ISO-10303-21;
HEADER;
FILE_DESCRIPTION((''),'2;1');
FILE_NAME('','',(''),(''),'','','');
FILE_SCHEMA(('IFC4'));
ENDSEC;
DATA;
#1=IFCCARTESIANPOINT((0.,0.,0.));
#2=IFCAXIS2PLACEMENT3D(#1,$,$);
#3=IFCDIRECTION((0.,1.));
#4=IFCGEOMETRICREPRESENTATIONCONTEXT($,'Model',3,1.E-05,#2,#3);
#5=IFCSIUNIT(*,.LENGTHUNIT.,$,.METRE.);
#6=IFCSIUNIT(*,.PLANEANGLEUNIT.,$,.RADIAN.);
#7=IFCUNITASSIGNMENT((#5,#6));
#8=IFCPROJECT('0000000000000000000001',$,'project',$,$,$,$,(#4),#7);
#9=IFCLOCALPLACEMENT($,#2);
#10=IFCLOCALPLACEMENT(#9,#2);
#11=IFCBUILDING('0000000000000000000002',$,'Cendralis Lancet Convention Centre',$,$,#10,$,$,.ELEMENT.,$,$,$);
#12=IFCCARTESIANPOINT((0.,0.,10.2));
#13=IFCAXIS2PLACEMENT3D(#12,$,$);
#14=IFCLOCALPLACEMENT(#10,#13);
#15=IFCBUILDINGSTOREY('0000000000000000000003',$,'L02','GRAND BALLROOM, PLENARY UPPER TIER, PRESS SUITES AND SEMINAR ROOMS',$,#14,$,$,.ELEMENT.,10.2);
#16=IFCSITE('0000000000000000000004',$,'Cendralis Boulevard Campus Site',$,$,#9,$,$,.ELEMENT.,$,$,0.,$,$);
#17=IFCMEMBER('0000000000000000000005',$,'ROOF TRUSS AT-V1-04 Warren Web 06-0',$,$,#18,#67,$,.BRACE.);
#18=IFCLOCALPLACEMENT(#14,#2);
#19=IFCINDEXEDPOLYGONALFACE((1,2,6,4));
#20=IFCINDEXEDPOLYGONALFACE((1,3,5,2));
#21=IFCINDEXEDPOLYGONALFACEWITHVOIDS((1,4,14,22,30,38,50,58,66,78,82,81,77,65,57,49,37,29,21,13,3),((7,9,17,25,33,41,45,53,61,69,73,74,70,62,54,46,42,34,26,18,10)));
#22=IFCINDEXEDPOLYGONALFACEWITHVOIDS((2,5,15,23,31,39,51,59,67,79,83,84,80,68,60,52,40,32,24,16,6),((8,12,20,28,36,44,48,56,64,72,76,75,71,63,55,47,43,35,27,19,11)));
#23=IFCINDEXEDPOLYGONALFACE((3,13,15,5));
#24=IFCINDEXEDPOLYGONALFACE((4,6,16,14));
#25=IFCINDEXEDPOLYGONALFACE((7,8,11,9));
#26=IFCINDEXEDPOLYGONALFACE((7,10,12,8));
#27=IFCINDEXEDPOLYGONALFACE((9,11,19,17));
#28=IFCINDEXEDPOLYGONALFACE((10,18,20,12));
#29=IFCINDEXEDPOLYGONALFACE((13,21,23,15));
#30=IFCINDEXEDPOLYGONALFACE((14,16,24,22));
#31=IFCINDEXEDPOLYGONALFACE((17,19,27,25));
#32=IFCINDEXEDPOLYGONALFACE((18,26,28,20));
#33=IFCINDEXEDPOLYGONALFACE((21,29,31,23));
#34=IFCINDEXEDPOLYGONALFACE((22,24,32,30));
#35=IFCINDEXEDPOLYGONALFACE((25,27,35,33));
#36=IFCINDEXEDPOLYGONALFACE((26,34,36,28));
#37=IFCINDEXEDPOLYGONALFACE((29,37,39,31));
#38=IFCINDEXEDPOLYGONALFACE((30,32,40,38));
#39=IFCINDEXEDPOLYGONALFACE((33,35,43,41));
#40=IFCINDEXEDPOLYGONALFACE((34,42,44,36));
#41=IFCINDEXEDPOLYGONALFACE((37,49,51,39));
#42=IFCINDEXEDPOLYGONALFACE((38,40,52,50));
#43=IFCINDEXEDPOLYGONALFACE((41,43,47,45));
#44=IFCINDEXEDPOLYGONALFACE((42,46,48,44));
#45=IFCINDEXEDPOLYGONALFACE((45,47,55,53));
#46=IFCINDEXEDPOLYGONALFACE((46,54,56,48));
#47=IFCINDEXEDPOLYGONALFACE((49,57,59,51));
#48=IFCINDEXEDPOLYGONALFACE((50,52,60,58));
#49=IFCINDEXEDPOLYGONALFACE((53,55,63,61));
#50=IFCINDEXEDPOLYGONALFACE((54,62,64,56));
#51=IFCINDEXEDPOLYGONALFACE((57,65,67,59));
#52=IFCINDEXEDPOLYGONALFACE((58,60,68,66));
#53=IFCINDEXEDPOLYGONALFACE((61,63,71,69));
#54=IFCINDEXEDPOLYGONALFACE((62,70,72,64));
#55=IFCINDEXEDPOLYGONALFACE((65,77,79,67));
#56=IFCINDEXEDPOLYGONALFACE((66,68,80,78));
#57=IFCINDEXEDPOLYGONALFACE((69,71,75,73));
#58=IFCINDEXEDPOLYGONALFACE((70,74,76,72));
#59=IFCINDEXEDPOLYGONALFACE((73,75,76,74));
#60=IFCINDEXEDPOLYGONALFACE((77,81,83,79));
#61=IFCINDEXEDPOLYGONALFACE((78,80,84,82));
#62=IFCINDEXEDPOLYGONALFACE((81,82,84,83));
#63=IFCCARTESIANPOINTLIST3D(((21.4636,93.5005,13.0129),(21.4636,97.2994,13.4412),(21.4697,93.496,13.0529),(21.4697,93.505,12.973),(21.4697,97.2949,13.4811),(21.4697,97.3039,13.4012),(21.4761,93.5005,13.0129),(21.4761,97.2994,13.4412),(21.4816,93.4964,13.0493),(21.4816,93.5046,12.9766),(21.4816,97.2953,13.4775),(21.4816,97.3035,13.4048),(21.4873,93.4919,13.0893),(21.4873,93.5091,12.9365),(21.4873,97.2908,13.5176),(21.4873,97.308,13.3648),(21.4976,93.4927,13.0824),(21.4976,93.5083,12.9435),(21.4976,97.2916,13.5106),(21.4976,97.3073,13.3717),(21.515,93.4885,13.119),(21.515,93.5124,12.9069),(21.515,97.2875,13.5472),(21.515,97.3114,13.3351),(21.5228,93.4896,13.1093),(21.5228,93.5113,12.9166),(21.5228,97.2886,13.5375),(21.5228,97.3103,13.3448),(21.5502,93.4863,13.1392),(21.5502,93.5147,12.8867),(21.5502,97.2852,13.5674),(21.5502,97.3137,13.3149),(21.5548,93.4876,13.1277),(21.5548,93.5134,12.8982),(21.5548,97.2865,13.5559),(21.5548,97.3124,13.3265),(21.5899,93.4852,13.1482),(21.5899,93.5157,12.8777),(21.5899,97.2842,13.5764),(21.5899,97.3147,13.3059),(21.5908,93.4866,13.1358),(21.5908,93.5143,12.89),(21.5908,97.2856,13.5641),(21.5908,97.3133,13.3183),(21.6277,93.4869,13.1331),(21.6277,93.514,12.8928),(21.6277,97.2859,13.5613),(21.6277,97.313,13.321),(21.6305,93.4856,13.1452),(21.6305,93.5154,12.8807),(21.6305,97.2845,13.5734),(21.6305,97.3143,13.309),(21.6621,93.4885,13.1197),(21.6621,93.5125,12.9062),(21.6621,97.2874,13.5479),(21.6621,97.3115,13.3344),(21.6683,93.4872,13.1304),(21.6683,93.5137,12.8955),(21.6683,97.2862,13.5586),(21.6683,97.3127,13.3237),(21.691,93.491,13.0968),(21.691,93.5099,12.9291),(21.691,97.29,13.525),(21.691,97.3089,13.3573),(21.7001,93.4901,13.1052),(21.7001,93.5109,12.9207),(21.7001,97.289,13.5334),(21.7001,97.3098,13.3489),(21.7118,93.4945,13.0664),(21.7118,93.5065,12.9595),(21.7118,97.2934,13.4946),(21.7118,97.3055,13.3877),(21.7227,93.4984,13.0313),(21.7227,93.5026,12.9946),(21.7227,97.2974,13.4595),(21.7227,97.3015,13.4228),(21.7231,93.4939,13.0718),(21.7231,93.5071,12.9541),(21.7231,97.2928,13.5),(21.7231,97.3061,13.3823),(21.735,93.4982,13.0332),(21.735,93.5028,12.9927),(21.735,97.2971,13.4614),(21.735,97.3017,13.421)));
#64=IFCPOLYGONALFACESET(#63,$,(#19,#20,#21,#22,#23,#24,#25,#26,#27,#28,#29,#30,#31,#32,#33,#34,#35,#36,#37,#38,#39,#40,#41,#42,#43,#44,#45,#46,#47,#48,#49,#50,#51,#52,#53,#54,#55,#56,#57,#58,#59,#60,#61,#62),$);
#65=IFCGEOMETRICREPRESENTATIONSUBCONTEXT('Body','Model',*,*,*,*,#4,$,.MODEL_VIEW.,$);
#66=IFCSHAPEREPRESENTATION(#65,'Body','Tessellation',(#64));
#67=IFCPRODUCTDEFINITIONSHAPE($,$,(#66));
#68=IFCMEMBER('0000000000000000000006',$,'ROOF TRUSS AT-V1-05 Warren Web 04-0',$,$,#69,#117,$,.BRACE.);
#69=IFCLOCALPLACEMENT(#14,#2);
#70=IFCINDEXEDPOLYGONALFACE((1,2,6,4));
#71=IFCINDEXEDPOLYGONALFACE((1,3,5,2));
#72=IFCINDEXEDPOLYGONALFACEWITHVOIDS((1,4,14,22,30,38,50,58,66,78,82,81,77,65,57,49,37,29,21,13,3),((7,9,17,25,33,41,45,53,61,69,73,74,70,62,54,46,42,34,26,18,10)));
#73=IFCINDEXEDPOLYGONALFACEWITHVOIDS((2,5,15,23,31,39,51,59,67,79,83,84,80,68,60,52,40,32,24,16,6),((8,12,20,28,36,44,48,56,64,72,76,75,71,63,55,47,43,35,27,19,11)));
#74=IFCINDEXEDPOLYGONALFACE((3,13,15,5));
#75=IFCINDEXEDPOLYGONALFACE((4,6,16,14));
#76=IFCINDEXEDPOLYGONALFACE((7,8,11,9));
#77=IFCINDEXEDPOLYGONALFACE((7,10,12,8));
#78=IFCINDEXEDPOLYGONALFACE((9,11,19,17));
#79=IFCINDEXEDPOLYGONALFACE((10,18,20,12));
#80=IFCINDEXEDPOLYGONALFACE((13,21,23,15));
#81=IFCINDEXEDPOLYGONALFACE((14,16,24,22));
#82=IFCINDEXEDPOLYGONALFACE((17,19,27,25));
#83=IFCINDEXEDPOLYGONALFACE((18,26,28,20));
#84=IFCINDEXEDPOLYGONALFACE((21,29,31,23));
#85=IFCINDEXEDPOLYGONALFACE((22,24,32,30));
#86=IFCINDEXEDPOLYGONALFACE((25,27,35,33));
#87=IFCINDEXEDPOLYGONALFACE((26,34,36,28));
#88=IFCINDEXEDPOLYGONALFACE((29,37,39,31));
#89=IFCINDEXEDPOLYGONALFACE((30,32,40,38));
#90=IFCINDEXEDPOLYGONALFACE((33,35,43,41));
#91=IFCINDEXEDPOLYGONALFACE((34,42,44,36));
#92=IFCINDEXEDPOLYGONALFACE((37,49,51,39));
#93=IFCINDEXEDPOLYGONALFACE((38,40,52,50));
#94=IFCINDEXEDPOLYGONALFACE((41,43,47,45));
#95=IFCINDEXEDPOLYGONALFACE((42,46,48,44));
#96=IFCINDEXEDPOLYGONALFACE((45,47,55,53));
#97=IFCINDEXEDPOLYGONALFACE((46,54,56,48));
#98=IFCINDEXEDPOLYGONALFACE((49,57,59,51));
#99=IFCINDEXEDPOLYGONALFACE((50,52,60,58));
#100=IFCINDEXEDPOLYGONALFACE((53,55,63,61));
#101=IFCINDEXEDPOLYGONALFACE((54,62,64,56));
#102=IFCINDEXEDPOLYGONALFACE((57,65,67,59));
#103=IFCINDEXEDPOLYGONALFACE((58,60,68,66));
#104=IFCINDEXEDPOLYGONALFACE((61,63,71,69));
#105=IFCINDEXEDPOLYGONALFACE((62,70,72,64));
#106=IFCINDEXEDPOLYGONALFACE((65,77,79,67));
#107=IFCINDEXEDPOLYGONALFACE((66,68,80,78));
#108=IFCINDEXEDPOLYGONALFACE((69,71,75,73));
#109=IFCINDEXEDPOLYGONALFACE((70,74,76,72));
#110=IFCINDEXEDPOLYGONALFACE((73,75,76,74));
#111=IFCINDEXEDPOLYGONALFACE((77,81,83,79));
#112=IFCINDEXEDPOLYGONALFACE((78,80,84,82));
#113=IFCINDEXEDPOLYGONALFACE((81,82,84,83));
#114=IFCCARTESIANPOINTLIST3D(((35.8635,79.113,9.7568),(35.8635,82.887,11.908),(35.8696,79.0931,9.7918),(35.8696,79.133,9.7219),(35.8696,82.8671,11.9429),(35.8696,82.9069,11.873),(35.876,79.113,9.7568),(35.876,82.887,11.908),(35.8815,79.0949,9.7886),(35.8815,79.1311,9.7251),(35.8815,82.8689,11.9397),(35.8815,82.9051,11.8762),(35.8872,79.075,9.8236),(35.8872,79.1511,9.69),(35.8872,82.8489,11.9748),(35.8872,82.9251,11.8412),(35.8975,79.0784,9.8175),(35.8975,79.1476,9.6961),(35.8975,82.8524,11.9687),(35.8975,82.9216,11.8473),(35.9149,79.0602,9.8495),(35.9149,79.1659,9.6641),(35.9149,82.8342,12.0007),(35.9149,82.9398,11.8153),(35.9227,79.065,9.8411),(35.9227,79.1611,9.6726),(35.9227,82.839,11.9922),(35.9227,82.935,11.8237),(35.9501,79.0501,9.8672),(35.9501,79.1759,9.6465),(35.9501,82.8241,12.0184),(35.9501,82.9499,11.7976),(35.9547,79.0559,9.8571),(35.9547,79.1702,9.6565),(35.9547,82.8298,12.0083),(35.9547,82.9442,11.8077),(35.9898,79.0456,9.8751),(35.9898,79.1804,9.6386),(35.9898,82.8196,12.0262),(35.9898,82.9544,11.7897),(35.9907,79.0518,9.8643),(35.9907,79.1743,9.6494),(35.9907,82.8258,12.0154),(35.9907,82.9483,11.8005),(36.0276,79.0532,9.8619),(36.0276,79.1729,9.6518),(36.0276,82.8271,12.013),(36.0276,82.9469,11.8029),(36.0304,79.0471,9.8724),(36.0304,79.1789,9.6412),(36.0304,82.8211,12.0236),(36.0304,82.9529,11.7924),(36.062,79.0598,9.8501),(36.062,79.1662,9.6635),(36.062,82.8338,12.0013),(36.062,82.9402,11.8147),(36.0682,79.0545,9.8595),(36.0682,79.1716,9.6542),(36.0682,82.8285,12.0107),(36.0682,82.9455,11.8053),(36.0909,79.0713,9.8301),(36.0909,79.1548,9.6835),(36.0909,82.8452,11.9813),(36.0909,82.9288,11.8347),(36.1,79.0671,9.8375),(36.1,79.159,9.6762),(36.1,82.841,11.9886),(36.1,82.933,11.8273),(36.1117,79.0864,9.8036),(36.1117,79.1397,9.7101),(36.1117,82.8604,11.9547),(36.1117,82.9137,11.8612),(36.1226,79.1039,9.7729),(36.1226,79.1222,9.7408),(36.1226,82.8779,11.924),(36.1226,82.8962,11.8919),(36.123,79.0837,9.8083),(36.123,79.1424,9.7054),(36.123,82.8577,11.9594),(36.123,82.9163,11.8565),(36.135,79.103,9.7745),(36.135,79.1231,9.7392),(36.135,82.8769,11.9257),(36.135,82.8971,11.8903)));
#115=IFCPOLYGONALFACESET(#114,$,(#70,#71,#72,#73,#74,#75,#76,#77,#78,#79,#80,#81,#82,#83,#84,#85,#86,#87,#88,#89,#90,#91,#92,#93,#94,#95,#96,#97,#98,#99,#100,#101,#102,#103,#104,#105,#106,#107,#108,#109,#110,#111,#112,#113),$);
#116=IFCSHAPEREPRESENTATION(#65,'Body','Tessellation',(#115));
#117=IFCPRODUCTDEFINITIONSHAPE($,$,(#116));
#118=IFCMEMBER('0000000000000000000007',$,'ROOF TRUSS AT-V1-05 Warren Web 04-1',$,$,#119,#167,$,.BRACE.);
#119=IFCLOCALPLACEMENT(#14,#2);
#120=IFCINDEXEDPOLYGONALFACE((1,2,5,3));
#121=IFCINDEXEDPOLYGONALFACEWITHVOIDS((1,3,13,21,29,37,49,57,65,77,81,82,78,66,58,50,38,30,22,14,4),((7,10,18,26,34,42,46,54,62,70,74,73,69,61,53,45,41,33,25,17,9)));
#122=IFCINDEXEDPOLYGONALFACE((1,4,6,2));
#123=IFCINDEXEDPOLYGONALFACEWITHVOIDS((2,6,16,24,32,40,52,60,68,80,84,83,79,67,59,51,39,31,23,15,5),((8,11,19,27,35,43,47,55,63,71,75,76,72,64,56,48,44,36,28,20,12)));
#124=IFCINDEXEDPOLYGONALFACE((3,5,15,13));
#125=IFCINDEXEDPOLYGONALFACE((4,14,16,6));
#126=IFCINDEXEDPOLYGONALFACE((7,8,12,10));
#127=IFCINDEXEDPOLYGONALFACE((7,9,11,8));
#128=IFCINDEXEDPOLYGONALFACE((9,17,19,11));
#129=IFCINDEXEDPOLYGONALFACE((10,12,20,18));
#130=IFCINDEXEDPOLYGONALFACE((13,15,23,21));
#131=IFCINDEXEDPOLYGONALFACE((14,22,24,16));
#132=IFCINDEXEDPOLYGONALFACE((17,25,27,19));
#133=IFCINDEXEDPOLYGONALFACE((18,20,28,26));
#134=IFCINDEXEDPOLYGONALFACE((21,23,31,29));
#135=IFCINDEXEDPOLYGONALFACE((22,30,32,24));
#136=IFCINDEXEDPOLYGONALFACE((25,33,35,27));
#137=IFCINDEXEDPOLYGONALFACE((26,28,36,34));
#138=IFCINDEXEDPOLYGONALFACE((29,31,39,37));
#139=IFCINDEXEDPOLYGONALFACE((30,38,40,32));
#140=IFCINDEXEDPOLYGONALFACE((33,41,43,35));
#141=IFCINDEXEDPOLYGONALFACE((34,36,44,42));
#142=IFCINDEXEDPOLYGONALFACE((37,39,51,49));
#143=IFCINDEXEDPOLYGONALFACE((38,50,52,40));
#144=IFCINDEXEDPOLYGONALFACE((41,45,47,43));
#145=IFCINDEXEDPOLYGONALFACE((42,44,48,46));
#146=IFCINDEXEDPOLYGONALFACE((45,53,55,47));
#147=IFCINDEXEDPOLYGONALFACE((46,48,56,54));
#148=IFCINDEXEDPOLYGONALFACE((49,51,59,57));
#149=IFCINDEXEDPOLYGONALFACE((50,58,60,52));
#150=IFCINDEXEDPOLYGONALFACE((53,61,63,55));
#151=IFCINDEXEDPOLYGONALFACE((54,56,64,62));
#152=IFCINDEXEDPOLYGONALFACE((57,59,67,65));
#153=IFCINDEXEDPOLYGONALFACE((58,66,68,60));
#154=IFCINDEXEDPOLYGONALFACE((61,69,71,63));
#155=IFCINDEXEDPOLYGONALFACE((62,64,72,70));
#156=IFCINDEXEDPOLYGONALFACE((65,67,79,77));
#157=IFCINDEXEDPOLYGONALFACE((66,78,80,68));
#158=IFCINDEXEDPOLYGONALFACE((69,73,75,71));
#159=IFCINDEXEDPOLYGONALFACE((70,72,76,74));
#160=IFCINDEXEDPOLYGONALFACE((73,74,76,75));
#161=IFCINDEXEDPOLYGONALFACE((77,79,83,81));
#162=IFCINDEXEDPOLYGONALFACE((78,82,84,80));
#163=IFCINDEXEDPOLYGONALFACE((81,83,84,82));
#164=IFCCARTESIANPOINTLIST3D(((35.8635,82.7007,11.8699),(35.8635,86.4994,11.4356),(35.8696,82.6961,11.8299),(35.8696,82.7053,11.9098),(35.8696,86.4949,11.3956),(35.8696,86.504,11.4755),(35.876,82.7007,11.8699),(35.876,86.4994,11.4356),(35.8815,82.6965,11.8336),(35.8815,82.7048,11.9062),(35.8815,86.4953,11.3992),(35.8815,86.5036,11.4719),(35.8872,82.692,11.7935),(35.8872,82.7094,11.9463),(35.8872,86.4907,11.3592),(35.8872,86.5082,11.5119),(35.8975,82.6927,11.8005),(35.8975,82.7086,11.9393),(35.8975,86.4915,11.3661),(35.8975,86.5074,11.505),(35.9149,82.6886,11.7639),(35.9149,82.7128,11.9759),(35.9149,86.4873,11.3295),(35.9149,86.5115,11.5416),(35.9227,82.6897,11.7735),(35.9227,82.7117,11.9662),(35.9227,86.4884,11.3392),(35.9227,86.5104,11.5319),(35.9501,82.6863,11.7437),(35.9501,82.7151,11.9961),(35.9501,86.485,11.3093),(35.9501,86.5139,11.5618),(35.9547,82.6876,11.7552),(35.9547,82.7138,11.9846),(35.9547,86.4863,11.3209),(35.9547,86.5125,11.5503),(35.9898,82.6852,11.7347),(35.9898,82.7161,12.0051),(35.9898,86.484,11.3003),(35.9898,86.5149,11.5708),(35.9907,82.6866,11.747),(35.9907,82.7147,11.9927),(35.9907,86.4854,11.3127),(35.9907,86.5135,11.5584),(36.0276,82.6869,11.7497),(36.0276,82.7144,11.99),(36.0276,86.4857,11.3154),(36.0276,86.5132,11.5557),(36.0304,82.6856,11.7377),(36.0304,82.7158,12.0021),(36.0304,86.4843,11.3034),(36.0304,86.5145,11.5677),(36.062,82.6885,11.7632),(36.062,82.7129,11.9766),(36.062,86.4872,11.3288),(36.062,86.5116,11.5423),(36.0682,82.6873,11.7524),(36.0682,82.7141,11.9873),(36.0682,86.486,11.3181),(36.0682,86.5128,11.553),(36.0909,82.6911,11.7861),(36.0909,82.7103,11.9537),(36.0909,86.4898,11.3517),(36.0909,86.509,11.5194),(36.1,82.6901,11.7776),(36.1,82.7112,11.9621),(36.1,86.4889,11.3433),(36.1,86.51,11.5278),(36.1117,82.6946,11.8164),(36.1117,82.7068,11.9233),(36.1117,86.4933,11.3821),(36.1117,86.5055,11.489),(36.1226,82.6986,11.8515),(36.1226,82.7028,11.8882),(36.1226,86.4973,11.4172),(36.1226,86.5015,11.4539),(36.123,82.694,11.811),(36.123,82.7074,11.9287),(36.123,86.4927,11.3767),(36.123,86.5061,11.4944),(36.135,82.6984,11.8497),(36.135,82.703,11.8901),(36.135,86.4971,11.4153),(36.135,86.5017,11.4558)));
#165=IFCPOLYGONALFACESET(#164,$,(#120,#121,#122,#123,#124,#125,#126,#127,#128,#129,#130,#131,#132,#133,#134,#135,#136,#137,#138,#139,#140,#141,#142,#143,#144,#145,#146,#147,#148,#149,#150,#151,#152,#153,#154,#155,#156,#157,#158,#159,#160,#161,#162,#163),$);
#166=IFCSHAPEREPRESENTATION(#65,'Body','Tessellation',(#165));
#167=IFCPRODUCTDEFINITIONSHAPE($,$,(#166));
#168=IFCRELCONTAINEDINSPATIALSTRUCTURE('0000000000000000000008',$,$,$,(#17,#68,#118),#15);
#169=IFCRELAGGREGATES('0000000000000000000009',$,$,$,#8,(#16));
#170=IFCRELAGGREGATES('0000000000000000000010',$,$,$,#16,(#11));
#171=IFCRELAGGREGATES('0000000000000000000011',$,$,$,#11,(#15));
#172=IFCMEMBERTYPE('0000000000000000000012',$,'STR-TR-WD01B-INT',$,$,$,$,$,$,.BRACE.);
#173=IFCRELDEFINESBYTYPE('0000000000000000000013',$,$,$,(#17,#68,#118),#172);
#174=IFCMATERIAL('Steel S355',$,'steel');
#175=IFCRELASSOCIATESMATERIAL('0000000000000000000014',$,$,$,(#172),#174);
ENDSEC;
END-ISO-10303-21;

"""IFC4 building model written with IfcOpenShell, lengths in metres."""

from ifc_helpers import new_model, si_unit, direction, frame, origin, origin_2d, place, context, subcontext, project, spatial, hollow_circle, extrude, material, material_profile, profile_set, type_object, element, save


model = new_model("IFC4")

# Units and contexts
model_context = context("Model", 3, precision=1e-05, world=origin(), true_north=direction((0.0, 1.0)))
body_context = subcontext(model_context, "Body", "Model", "MODEL_VIEW")
ifc_project = project(units=[si_unit("LENGTHUNIT", "METRE"), si_unit("PLANEANGLEUNIT", "RADIAN")], contexts=[model_context])

# Site, building, storey
site_placement = place(None, origin())
site = spatial("IfcSite", under=ifc_project, at=site_placement, Name="Cendralis Boulevard Campus Site", CompositionType="ELEMENT", RefElevation=0.0)
building_placement = place(site_placement, origin())
building = spatial("IfcBuilding", under=site, at=building_placement, Name="Cendralis Lancet Convention Centre", CompositionType="ELEMENT")
storey_placement = place(building_placement, frame((0.0, 0.0, 10.2)))
storey = spatial("IfcBuildingStorey", under=building, at=storey_placement, Name="L02", Description="GRAND BALLROOM, PLENARY UPPER TIER, PRESS SUITES AND SEMINAR ROOMS", CompositionType="ELEMENT", Elevation=10.2)

# Members
ifc_material = material(Name="Steel S355", Category="steel")
ifc_material_profile_1 = material_profile(ifc_material, hollow_circle(Radius=0.1365, WallThickness=0.0125, at=origin_2d()), Name="CHS 273.0x12.5")
ifc_profile_set_1 = profile_set([ifc_material_profile_1], Name="Steel S355")
member_type_1 = type_object("IfcMemberType", Name="STR-TR-WD01B-INT", PredefinedType="BRACE", material=ifc_profile_set_1)
for number, where, z_axis, x_axis, name in (
    (1, (21.6001, 93.5005, 13.0129), (0.0, 0.993706, 0.112015), (-1.0, 0.0, 0.0), "ROOF TRUSS AT-V1-04 Warren Web 06-0"),
):
    element("IfcMember", number, at=place(storey_placement, frame(where, z_axis=z_axis, x_axis=x_axis)), inside=storey, type_object=member_type_1, Name=name, PredefinedType="BRACE", context=body_context, shape_type="SweptSolid", body=[
        extrude(hollow_circle(Radius=0.1365, WallThickness=0.0125, at=origin_2d()), origin(), (0.0, 0.0, 1.0), 3.823),
    ])
member_1_placement = place(storey_placement, frame((36.0, 79.113, 9.7568), z_axis=(0.0, 0.868779, 0.4952), x_axis=(-1.0, 0.0, 0.0)))
element("IfcMember", 2, at=member_1_placement, inside=storey, type_object=member_type_1, Name="ROOF TRUSS AT-V1-05 Warren Web 04-0", PredefinedType="BRACE", context=body_context, shape_type="SweptSolid", body=[
    extrude(hollow_circle(Radius=0.1365, WallThickness=0.0125, at=origin_2d()), origin(), (0.0, 0.0, 1.0), 4.344),
])
member_2_placement = place(storey_placement, frame((36.0, 82.7007, 11.8699), z_axis=(0.0, 0.993528, -0.113592), x_axis=(-1.0, 0.0, 0.0)))
element("IfcMember", 3, at=member_2_placement, inside=storey, type_object=member_type_1, Name="ROOF TRUSS AT-V1-05 Warren Web 04-1", PredefinedType="BRACE", context=body_context, shape_type="SweptSolid", body=[
    extrude(hollow_circle(Radius=0.1365, WallThickness=0.0125, at=origin_2d()), origin(), (0.0, 0.0, 1.0), 3.8235),
])

save(model, "model.ifc")
